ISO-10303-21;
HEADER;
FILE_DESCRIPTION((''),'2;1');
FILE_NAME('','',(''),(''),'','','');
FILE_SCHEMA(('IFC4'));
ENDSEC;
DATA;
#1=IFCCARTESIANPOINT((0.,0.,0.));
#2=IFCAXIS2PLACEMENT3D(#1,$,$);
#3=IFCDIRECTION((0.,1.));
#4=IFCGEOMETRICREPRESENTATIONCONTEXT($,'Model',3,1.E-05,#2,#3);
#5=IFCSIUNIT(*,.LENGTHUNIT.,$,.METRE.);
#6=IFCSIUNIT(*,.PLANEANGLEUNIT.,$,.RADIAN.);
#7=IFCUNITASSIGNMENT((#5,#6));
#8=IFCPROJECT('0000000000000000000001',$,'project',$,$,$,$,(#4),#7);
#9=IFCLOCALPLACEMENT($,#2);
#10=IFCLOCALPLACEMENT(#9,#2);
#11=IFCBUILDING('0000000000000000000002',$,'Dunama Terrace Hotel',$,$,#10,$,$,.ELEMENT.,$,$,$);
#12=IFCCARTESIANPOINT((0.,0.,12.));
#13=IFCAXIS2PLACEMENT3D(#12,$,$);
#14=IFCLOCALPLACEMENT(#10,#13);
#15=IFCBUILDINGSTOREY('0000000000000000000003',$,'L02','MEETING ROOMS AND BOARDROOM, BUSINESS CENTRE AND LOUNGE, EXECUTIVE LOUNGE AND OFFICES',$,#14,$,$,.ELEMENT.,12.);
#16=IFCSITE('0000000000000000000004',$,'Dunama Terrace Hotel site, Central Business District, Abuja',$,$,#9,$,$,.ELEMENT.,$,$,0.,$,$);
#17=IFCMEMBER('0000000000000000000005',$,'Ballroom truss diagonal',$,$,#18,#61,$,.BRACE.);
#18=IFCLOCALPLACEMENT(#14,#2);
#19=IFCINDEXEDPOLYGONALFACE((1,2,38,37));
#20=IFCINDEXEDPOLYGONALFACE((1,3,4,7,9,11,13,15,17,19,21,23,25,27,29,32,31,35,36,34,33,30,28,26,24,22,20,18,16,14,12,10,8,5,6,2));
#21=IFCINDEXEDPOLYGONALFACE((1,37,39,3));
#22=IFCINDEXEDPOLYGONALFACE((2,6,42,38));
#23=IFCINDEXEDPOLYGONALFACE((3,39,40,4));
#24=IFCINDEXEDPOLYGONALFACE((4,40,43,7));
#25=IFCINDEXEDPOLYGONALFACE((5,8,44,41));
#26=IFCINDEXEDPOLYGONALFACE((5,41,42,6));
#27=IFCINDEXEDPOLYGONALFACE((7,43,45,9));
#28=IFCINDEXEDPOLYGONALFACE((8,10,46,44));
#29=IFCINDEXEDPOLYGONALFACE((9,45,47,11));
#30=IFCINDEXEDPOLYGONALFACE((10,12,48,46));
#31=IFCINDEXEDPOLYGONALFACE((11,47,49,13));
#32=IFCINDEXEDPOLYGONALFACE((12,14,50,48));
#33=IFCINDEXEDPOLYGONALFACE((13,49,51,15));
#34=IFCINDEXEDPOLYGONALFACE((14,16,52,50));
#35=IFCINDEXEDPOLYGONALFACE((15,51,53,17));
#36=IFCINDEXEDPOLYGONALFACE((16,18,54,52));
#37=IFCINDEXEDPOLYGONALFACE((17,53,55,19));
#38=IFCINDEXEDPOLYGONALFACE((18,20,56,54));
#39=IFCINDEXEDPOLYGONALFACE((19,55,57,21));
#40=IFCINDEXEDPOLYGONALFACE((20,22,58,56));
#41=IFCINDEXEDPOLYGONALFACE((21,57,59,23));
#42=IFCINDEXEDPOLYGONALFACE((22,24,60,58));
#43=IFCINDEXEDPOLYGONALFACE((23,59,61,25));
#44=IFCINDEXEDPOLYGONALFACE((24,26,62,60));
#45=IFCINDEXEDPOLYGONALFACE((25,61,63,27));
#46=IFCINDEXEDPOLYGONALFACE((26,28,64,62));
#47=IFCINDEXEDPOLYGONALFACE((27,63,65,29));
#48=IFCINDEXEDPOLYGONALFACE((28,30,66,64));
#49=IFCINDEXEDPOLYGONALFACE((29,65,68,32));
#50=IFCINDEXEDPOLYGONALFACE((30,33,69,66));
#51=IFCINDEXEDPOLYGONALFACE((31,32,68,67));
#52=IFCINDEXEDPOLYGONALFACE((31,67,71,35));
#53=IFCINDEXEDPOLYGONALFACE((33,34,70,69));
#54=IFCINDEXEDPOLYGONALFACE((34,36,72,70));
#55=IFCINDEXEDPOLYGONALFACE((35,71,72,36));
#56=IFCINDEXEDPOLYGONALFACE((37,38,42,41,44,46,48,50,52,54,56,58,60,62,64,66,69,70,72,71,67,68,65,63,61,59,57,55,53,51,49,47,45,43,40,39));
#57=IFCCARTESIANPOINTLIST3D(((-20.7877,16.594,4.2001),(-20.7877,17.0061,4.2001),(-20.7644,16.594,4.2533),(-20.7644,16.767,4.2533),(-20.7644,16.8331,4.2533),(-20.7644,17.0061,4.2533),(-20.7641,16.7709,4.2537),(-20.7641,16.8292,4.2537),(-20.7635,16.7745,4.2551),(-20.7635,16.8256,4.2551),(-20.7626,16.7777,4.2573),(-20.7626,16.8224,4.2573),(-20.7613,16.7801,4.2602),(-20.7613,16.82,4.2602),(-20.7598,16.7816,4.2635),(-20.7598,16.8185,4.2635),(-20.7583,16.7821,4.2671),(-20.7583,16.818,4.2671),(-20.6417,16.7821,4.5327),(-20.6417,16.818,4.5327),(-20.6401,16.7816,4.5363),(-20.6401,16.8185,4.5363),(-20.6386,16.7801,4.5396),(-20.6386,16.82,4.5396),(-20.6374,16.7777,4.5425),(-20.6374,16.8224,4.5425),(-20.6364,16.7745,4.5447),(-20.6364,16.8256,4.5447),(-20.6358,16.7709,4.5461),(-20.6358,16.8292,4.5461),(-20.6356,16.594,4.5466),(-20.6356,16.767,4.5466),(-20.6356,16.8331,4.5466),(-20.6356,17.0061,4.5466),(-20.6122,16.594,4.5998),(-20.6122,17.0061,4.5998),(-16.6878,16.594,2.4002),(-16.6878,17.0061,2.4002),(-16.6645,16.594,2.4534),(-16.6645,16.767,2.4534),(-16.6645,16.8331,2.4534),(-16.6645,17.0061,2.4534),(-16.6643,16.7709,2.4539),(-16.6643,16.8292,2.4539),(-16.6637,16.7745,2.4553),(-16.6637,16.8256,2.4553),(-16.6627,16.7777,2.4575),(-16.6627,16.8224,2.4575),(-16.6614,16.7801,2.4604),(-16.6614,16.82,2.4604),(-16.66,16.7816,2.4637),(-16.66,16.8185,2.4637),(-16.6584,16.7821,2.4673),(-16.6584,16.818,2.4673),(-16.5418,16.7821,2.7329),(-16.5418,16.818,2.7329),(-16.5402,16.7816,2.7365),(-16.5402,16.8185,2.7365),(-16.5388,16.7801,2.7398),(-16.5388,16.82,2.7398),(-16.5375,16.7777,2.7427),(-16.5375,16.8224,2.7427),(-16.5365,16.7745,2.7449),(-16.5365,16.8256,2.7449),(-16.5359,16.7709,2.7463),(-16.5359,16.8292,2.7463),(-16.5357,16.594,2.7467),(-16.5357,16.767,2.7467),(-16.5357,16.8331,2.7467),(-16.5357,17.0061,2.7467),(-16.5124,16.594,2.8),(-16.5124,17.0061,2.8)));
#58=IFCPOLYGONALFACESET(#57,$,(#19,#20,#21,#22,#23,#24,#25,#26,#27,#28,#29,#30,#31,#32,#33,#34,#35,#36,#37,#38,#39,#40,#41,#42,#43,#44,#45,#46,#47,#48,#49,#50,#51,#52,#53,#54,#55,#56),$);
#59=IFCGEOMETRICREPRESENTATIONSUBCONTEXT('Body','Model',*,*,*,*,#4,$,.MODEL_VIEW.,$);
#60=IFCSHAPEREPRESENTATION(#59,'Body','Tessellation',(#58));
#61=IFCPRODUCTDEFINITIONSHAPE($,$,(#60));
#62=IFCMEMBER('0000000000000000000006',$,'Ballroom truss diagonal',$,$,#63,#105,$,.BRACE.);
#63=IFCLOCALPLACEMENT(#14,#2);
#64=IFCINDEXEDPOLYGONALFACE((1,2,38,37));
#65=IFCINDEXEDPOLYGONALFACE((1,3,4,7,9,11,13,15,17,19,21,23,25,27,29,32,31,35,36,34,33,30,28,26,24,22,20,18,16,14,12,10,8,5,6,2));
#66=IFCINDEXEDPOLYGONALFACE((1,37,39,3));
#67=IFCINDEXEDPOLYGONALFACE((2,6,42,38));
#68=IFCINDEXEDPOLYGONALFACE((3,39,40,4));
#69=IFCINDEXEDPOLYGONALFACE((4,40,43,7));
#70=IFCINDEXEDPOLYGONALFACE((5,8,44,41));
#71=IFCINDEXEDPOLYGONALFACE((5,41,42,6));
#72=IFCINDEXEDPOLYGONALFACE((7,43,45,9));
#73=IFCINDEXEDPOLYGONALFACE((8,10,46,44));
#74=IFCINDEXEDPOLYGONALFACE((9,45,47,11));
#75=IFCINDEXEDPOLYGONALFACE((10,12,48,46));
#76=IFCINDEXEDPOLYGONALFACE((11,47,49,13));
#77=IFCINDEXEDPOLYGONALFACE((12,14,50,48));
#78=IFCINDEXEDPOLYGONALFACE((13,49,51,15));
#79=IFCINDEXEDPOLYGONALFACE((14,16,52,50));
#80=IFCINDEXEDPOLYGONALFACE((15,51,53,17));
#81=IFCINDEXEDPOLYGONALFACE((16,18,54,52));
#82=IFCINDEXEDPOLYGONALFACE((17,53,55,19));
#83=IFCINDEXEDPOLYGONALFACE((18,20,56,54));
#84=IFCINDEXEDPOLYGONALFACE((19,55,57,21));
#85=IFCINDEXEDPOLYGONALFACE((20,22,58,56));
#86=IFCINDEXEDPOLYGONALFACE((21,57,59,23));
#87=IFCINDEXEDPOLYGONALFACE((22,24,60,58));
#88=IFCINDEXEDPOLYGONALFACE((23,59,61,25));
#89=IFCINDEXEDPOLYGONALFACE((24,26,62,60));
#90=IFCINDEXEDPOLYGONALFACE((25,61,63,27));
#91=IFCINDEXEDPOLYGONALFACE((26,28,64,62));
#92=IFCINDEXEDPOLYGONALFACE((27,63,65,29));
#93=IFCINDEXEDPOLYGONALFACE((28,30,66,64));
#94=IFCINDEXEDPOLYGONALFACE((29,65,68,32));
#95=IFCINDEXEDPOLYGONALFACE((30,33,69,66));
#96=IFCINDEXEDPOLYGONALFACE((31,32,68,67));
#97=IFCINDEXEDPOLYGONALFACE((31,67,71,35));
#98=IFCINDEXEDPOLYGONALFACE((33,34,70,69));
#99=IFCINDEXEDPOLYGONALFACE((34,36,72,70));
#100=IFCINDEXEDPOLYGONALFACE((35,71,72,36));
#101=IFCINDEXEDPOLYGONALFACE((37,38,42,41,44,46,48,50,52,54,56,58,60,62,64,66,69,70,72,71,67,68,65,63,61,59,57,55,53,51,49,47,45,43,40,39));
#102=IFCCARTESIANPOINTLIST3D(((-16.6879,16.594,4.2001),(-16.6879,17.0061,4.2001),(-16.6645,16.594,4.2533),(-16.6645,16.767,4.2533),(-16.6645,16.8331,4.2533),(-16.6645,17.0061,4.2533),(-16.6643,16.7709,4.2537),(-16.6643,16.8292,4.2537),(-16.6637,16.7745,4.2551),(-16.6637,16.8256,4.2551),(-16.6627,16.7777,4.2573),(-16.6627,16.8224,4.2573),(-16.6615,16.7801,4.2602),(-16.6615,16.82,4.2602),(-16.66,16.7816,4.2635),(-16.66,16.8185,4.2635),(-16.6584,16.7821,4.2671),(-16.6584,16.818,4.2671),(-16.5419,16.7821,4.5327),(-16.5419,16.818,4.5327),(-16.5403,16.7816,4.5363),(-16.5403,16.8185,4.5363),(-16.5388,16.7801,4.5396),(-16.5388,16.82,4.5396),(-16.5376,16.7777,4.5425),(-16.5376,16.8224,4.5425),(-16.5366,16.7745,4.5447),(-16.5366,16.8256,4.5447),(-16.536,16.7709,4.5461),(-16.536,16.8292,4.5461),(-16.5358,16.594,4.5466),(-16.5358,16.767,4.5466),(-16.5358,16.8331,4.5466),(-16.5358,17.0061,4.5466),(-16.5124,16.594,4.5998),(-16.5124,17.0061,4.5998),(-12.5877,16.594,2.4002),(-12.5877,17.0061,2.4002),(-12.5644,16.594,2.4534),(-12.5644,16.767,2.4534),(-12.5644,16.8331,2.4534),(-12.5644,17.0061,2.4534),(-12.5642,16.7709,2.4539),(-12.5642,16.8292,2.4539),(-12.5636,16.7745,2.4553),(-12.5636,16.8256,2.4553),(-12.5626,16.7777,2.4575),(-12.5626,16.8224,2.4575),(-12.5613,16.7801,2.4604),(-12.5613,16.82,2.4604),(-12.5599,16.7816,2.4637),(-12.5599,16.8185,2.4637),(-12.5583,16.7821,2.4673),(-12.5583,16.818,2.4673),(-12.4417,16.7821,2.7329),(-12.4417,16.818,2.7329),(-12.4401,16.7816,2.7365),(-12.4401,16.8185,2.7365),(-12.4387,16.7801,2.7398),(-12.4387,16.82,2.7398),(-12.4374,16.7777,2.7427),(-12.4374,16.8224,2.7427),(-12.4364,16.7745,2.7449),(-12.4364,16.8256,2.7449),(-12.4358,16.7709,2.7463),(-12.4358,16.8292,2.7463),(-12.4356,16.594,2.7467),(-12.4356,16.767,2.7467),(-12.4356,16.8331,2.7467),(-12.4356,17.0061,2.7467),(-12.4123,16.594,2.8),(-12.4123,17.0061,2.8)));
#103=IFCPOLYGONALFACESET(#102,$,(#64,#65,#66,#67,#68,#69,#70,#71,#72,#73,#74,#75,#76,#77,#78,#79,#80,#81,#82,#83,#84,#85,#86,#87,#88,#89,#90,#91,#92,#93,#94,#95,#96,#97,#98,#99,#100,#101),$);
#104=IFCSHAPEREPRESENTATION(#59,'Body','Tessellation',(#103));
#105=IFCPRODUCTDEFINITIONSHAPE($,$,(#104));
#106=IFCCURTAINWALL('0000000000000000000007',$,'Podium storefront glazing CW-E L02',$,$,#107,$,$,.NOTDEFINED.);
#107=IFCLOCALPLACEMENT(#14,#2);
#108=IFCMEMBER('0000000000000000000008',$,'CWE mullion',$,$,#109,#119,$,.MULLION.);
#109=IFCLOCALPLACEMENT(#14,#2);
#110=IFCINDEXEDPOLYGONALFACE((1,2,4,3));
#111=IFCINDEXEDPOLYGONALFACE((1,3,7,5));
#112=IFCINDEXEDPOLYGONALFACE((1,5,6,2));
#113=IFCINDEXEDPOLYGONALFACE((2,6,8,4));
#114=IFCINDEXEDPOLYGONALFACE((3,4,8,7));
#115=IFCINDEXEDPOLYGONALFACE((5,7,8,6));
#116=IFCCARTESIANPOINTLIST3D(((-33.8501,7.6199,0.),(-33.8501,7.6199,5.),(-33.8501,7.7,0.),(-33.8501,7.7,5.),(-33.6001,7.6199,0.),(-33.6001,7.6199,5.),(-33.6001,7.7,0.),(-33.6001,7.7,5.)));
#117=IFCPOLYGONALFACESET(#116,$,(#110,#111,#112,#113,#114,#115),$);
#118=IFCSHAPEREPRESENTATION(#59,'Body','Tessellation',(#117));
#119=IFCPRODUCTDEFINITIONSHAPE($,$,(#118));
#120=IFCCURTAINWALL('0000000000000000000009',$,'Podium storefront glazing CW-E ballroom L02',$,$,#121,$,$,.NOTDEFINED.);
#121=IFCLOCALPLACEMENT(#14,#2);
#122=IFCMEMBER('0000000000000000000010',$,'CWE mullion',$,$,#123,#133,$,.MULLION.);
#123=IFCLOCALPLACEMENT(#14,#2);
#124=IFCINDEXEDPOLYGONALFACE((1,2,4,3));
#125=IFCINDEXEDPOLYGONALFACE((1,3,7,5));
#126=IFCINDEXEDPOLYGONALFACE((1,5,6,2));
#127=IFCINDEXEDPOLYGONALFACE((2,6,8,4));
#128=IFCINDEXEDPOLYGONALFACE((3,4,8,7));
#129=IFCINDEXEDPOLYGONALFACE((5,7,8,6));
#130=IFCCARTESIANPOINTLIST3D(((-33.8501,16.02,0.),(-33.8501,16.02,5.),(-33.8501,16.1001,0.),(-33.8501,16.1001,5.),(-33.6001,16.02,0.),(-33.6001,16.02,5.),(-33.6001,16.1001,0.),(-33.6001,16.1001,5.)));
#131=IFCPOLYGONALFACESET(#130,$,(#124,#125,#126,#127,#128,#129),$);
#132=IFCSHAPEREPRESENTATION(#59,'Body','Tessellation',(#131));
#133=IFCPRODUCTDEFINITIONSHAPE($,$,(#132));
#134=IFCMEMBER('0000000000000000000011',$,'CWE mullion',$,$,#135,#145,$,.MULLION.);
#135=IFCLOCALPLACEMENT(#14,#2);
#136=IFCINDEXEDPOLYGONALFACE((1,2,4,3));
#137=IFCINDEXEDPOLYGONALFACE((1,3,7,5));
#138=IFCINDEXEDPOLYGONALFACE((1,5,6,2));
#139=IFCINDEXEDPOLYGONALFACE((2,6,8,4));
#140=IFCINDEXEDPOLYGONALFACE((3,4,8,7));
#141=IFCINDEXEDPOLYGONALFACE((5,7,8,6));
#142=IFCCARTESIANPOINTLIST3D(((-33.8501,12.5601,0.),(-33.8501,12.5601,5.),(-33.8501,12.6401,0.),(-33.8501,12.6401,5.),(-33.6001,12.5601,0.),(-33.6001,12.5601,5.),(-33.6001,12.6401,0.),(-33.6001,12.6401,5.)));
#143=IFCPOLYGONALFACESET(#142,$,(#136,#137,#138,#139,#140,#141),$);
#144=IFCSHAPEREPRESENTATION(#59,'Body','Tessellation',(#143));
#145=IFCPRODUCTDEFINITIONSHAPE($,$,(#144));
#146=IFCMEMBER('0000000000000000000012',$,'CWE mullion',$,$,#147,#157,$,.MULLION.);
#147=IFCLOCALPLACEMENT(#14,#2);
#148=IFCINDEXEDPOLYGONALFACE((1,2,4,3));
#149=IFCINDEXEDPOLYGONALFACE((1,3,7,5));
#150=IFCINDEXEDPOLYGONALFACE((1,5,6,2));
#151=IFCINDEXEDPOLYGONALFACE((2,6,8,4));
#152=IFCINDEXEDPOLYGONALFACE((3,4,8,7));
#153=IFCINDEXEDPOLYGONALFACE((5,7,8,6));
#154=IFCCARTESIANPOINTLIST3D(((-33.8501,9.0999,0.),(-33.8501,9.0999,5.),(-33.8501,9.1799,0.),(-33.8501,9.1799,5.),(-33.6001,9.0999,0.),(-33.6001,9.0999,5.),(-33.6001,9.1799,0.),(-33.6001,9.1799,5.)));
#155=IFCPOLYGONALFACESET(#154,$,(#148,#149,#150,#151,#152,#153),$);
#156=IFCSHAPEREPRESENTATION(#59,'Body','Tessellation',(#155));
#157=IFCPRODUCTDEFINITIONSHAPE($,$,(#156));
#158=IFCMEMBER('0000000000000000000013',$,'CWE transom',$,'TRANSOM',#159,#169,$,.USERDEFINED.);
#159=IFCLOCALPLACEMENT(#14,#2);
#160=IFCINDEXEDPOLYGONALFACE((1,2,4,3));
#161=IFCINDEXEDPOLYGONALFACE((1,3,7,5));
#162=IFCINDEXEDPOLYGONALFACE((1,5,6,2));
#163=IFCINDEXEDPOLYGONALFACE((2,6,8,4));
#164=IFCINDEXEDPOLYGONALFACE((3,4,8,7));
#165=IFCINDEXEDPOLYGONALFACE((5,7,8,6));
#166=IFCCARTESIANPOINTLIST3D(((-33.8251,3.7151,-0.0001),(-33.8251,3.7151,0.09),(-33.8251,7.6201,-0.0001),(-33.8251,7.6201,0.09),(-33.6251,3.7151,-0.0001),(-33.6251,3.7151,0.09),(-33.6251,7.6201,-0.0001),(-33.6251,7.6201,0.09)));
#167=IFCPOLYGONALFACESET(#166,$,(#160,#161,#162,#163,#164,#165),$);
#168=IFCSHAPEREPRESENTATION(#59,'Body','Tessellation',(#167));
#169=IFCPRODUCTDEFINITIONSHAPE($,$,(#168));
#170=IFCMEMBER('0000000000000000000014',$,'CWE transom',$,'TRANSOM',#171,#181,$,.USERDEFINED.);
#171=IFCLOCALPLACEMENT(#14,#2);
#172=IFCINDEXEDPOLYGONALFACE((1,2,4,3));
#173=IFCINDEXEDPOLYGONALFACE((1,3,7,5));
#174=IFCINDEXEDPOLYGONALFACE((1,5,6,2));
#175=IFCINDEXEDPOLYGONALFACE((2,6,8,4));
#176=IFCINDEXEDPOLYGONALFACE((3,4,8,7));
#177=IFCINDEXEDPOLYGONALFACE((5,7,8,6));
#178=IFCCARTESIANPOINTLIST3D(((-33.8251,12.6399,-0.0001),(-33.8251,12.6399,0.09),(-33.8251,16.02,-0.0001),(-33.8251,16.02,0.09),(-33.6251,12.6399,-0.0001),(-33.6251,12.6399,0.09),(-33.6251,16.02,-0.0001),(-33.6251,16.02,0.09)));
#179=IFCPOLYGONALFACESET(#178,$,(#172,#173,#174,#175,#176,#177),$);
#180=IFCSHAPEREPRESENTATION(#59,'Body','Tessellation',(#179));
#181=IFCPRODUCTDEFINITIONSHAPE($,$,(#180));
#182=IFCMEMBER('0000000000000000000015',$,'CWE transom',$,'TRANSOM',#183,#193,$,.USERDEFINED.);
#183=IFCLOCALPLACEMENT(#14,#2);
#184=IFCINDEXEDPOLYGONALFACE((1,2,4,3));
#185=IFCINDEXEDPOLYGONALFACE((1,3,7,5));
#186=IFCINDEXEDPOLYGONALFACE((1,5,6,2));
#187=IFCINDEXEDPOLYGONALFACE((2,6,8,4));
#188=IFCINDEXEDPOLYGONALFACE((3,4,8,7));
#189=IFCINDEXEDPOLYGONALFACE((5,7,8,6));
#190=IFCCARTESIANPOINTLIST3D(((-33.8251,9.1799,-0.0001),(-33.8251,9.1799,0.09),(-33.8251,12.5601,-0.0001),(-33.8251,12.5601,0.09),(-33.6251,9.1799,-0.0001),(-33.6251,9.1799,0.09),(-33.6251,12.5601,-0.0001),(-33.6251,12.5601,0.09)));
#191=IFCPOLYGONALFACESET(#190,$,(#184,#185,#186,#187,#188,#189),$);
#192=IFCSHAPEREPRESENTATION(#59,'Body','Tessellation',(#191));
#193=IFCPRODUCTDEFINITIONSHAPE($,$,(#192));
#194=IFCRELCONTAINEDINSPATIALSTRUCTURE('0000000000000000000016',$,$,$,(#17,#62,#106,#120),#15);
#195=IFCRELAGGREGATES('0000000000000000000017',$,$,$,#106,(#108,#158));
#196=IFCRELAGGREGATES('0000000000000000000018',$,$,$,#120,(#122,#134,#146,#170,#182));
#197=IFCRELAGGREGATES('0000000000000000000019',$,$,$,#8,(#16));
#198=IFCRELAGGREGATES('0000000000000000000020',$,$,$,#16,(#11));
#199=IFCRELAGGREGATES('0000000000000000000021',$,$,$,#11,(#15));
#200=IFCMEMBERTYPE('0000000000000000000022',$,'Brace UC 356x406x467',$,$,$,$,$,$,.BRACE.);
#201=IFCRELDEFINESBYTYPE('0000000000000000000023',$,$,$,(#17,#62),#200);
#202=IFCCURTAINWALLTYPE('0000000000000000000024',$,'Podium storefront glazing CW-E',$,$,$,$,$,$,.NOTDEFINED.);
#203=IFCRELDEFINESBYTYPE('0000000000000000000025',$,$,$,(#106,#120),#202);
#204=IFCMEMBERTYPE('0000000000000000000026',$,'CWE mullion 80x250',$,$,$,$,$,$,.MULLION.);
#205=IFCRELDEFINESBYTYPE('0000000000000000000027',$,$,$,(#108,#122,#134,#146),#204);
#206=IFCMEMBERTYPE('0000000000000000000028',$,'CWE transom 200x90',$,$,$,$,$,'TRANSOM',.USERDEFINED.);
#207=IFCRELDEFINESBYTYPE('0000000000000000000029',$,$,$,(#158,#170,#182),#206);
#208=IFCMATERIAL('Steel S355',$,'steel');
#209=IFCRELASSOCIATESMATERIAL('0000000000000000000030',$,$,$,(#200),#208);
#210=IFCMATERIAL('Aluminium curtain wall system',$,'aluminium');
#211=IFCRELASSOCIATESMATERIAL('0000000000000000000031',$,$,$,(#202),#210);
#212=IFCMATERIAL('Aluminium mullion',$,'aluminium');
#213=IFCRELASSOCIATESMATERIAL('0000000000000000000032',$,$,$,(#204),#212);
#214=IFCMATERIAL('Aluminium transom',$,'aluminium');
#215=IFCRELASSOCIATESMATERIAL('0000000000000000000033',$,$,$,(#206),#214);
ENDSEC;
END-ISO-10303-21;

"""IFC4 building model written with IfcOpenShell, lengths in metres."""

from ifc_helpers import new_model, si_unit, direction, frame, origin, origin_2d, place, context, subcontext, project, spatial, rectangle, i_section, extrude, material, material_profile, profile_set, type_object, element, aggregate, save


model = new_model("IFC4")

# Units and contexts
model_context = context("Model", 3, precision=1e-05, world=origin(), true_north=direction((0.0, 1.0)))
body_context = subcontext(model_context, "Body", "Model", "MODEL_VIEW")
ifc_project = project(units=[si_unit("LENGTHUNIT", "METRE"), si_unit("PLANEANGLEUNIT", "RADIAN")], contexts=[model_context])

# Site, building, storey
site_placement = place(None, origin())
site = spatial("IfcSite", under=ifc_project, at=site_placement, Name="Dunama Terrace Hotel site, Central Business District, Abuja", CompositionType="ELEMENT", RefElevation=0.0)
building_placement = place(site_placement, origin())
building = spatial("IfcBuilding", under=site, at=building_placement, Name="Dunama Terrace Hotel", CompositionType="ELEMENT")
storey_placement = place(building_placement, frame((0.0, 0.0, 12.0)))
storey = spatial("IfcBuildingStorey", under=building, at=storey_placement, Name="L02", Description="MEETING ROOMS AND BOARDROOM, BUSINESS CENTRE AND LOUNGE, EXECUTIVE LOUNGE AND OFFICES", CompositionType="ELEMENT", Elevation=12.0)

# Members
ifc_material_1 = material(Name="Steel S355", Category="steel")
ifc_material_profile_1 = material_profile(ifc_material_1, i_section(OverallWidth=0.4121, OverallDepth=0.4365, WebThickness=0.0359, FlangeThickness=0.0581, FilletRadius=0.0151, at=origin_2d()), Name="UC 356x406x467")
ifc_profile_set_1 = profile_set([ifc_material_profile_1], Name="Steel S355")
member_type_1 = type_object("IfcMemberType", Name="Brace UC 356x406x467", PredefinedType="BRACE", material=ifc_profile_set_1)
member_1_placement = place(storey_placement, frame((-16.6001, 16.8, 2.6001), z_axis=(-0.915655, 0.0, 0.401966), x_axis=(0.0, -1.0, 0.0)))
element("IfcMember", 1, at=member_1_placement, inside=storey, type_object=member_type_1, Name="Ballroom truss diagonal", PredefinedType="BRACE", context=body_context, shape_type="SweptSolid", body=[
    extrude(i_section(OverallWidth=0.4121, OverallDepth=0.4365, WebThickness=0.0359, FlangeThickness=0.0581, FilletRadius=0.0151, at=origin_2d()), origin(), (0.0, 0.0, 1.0), 4.4775),
])
member_2_placement = place(storey_placement, frame((-12.5, 16.8, 2.6001), z_axis=(-0.915664, 0.0, 0.401945), x_axis=(0.0, -1.0, 0.0)))
element("IfcMember", 2, at=member_2_placement, inside=storey, type_object=member_type_1, Name="Ballroom truss diagonal", PredefinedType="BRACE", context=body_context, shape_type="SweptSolid", body=[
    extrude(i_section(OverallWidth=0.4121, OverallDepth=0.4365, WebThickness=0.0359, FlangeThickness=0.0581, FilletRadius=0.0151, at=origin_2d()), origin(), (0.0, 0.0, 1.0), 4.4778),
])

# Curtain wall, member
ifc_material_2 = material(Name="Aluminium curtain wall system", Category="aluminium")
curtain_wall_type = type_object("IfcCurtainWallType", Name="Podium storefront glazing CW-E", PredefinedType="NOTDEFINED", material=ifc_material_2)
curtain_wall_1_placement = place(storey_placement, origin())
curtain_wall_1 = element("IfcCurtainWall", 3, at=curtain_wall_1_placement, inside=storey, type_object=curtain_wall_type, Name="Podium storefront glazing CW-E L02", PredefinedType="NOTDEFINED")
ifc_material_3 = material(Name="Aluminium mullion", Category="aluminium")
ifc_material_profile_2 = material_profile(ifc_material_3, rectangle(XDim=0.0801, YDim=0.25, at=origin_2d()), Name="CWE MULLION 80X250")
ifc_profile_set_2 = profile_set([ifc_material_profile_2], Name="Aluminium mullion")
member_type_2 = type_object("IfcMemberType", Name="CWE mullion 80x250", PredefinedType="MULLION", material=ifc_profile_set_2)
member_3_placement = place(storey_placement, frame((-33.7251, 7.6599, 0.0), z_axis=(0.0, 0.0, 1.0), x_axis=(0.0, -1.0, 0.0)))
member_3 = element("IfcMember", 4, at=member_3_placement, type_object=member_type_2, Name="CWE mullion", PredefinedType="MULLION", context=body_context, shape_type="SweptSolid", body=[
    extrude(rectangle(XDim=0.0801, YDim=0.25, at=origin_2d()), origin(), (0.0, 0.0, 1.0), 5.0),
])

# Curtain wall, members
curtain_wall_2_placement = place(storey_placement, origin())
curtain_wall_2 = element("IfcCurtainWall", 5, at=curtain_wall_2_placement, inside=storey, type_object=curtain_wall_type, Name="Podium storefront glazing CW-E ballroom L02", PredefinedType="NOTDEFINED")
member_4_placement = place(storey_placement, frame((-33.7251, 16.0601, 0.0), z_axis=(0.0, 0.0, 1.0), x_axis=(0.0, -1.0, 0.0)))
member_4 = element("IfcMember", 6, at=member_4_placement, type_object=member_type_2, Name="CWE mullion", PredefinedType="MULLION", context=body_context, shape_type="SweptSolid", body=[
    extrude(rectangle(XDim=0.0801, YDim=0.25, at=origin_2d()), origin(), (0.0, 0.0, 1.0), 5.0),
])
member_5_placement = place(storey_placement, frame((-33.7251, 12.6001, 0.0), z_axis=(0.0, 0.0, 1.0), x_axis=(0.0, -1.0, 0.0)))
member_5 = element("IfcMember", 7, at=member_5_placement, type_object=member_type_2, Name="CWE mullion", PredefinedType="MULLION", context=body_context, shape_type="SweptSolid", body=[
    extrude(rectangle(XDim=0.0801, YDim=0.25, at=origin_2d()), origin(), (0.0, 0.0, 1.0), 5.0),
])
member_6_placement = place(storey_placement, frame((-33.7251, 9.1399, 0.0), z_axis=(0.0, 0.0, 1.0), x_axis=(0.0, -1.0, 0.0)))
member_6 = element("IfcMember", 8, at=member_6_placement, type_object=member_type_2, Name="CWE mullion", PredefinedType="MULLION", context=body_context, shape_type="SweptSolid", body=[
    extrude(rectangle(XDim=0.0801, YDim=0.25, at=origin_2d()), origin(), (0.0, 0.0, 1.0), 5.0),
])

# Members
ifc_material_4 = material(Name="Aluminium transom", Category="aluminium")
ifc_material_profile_3 = material_profile(ifc_material_4, rectangle(XDim=0.2, YDim=0.0901, at=origin_2d()), Name="CWE TRANSOM 200X90")
ifc_profile_set_3 = profile_set([ifc_material_profile_3], Name="Aluminium transom")
member_type_3 = type_object("IfcMemberType", Name="CWE transom 200x90", ElementType="TRANSOM", PredefinedType="USERDEFINED", material=ifc_profile_set_3)
member_7_placement = place(storey_placement, frame((-33.7251, 7.6201, 0.0449), z_axis=(0.0, -1.0, 0.0), x_axis=(1.0, 0.0, 0.0)))
member_7 = element("IfcMember", 9, at=member_7_placement, type_object=member_type_3, Name="CWE transom", ObjectType="TRANSOM", PredefinedType="USERDEFINED", context=body_context, shape_type="SweptSolid", body=[
    extrude(rectangle(XDim=0.2, YDim=0.0901, at=origin_2d()), origin(), (0.0, 0.0, 1.0), 3.905),
])
member_8_placement = place(storey_placement, frame((-33.7251, 16.02, 0.0449), z_axis=(0.0, -1.0, 0.0), x_axis=(1.0, 0.0, 0.0)))
member_8 = element("IfcMember", 10, at=member_8_placement, type_object=member_type_3, Name="CWE transom", ObjectType="TRANSOM", PredefinedType="USERDEFINED", context=body_context, shape_type="SweptSolid", body=[
    extrude(rectangle(XDim=0.2, YDim=0.0901, at=origin_2d()), origin(), (0.0, 0.0, 1.0), 3.3801),
])
member_9_placement = place(storey_placement, frame((-33.7251, 12.5601, 0.0449), z_axis=(0.0, -1.0, 0.0), x_axis=(1.0, 0.0, 0.0)))
member_9 = element("IfcMember", 11, at=member_9_placement, type_object=member_type_3, Name="CWE transom", ObjectType="TRANSOM", PredefinedType="USERDEFINED", context=body_context, shape_type="SweptSolid", body=[
    extrude(rectangle(XDim=0.2, YDim=0.0901, at=origin_2d()), origin(), (0.0, 0.0, 1.0), 3.3801),
])

aggregate(curtain_wall_1, [member_3, member_7])
aggregate(curtain_wall_2, [member_4, member_5, member_6, member_8, member_9])

save(model, "model.ifc")
